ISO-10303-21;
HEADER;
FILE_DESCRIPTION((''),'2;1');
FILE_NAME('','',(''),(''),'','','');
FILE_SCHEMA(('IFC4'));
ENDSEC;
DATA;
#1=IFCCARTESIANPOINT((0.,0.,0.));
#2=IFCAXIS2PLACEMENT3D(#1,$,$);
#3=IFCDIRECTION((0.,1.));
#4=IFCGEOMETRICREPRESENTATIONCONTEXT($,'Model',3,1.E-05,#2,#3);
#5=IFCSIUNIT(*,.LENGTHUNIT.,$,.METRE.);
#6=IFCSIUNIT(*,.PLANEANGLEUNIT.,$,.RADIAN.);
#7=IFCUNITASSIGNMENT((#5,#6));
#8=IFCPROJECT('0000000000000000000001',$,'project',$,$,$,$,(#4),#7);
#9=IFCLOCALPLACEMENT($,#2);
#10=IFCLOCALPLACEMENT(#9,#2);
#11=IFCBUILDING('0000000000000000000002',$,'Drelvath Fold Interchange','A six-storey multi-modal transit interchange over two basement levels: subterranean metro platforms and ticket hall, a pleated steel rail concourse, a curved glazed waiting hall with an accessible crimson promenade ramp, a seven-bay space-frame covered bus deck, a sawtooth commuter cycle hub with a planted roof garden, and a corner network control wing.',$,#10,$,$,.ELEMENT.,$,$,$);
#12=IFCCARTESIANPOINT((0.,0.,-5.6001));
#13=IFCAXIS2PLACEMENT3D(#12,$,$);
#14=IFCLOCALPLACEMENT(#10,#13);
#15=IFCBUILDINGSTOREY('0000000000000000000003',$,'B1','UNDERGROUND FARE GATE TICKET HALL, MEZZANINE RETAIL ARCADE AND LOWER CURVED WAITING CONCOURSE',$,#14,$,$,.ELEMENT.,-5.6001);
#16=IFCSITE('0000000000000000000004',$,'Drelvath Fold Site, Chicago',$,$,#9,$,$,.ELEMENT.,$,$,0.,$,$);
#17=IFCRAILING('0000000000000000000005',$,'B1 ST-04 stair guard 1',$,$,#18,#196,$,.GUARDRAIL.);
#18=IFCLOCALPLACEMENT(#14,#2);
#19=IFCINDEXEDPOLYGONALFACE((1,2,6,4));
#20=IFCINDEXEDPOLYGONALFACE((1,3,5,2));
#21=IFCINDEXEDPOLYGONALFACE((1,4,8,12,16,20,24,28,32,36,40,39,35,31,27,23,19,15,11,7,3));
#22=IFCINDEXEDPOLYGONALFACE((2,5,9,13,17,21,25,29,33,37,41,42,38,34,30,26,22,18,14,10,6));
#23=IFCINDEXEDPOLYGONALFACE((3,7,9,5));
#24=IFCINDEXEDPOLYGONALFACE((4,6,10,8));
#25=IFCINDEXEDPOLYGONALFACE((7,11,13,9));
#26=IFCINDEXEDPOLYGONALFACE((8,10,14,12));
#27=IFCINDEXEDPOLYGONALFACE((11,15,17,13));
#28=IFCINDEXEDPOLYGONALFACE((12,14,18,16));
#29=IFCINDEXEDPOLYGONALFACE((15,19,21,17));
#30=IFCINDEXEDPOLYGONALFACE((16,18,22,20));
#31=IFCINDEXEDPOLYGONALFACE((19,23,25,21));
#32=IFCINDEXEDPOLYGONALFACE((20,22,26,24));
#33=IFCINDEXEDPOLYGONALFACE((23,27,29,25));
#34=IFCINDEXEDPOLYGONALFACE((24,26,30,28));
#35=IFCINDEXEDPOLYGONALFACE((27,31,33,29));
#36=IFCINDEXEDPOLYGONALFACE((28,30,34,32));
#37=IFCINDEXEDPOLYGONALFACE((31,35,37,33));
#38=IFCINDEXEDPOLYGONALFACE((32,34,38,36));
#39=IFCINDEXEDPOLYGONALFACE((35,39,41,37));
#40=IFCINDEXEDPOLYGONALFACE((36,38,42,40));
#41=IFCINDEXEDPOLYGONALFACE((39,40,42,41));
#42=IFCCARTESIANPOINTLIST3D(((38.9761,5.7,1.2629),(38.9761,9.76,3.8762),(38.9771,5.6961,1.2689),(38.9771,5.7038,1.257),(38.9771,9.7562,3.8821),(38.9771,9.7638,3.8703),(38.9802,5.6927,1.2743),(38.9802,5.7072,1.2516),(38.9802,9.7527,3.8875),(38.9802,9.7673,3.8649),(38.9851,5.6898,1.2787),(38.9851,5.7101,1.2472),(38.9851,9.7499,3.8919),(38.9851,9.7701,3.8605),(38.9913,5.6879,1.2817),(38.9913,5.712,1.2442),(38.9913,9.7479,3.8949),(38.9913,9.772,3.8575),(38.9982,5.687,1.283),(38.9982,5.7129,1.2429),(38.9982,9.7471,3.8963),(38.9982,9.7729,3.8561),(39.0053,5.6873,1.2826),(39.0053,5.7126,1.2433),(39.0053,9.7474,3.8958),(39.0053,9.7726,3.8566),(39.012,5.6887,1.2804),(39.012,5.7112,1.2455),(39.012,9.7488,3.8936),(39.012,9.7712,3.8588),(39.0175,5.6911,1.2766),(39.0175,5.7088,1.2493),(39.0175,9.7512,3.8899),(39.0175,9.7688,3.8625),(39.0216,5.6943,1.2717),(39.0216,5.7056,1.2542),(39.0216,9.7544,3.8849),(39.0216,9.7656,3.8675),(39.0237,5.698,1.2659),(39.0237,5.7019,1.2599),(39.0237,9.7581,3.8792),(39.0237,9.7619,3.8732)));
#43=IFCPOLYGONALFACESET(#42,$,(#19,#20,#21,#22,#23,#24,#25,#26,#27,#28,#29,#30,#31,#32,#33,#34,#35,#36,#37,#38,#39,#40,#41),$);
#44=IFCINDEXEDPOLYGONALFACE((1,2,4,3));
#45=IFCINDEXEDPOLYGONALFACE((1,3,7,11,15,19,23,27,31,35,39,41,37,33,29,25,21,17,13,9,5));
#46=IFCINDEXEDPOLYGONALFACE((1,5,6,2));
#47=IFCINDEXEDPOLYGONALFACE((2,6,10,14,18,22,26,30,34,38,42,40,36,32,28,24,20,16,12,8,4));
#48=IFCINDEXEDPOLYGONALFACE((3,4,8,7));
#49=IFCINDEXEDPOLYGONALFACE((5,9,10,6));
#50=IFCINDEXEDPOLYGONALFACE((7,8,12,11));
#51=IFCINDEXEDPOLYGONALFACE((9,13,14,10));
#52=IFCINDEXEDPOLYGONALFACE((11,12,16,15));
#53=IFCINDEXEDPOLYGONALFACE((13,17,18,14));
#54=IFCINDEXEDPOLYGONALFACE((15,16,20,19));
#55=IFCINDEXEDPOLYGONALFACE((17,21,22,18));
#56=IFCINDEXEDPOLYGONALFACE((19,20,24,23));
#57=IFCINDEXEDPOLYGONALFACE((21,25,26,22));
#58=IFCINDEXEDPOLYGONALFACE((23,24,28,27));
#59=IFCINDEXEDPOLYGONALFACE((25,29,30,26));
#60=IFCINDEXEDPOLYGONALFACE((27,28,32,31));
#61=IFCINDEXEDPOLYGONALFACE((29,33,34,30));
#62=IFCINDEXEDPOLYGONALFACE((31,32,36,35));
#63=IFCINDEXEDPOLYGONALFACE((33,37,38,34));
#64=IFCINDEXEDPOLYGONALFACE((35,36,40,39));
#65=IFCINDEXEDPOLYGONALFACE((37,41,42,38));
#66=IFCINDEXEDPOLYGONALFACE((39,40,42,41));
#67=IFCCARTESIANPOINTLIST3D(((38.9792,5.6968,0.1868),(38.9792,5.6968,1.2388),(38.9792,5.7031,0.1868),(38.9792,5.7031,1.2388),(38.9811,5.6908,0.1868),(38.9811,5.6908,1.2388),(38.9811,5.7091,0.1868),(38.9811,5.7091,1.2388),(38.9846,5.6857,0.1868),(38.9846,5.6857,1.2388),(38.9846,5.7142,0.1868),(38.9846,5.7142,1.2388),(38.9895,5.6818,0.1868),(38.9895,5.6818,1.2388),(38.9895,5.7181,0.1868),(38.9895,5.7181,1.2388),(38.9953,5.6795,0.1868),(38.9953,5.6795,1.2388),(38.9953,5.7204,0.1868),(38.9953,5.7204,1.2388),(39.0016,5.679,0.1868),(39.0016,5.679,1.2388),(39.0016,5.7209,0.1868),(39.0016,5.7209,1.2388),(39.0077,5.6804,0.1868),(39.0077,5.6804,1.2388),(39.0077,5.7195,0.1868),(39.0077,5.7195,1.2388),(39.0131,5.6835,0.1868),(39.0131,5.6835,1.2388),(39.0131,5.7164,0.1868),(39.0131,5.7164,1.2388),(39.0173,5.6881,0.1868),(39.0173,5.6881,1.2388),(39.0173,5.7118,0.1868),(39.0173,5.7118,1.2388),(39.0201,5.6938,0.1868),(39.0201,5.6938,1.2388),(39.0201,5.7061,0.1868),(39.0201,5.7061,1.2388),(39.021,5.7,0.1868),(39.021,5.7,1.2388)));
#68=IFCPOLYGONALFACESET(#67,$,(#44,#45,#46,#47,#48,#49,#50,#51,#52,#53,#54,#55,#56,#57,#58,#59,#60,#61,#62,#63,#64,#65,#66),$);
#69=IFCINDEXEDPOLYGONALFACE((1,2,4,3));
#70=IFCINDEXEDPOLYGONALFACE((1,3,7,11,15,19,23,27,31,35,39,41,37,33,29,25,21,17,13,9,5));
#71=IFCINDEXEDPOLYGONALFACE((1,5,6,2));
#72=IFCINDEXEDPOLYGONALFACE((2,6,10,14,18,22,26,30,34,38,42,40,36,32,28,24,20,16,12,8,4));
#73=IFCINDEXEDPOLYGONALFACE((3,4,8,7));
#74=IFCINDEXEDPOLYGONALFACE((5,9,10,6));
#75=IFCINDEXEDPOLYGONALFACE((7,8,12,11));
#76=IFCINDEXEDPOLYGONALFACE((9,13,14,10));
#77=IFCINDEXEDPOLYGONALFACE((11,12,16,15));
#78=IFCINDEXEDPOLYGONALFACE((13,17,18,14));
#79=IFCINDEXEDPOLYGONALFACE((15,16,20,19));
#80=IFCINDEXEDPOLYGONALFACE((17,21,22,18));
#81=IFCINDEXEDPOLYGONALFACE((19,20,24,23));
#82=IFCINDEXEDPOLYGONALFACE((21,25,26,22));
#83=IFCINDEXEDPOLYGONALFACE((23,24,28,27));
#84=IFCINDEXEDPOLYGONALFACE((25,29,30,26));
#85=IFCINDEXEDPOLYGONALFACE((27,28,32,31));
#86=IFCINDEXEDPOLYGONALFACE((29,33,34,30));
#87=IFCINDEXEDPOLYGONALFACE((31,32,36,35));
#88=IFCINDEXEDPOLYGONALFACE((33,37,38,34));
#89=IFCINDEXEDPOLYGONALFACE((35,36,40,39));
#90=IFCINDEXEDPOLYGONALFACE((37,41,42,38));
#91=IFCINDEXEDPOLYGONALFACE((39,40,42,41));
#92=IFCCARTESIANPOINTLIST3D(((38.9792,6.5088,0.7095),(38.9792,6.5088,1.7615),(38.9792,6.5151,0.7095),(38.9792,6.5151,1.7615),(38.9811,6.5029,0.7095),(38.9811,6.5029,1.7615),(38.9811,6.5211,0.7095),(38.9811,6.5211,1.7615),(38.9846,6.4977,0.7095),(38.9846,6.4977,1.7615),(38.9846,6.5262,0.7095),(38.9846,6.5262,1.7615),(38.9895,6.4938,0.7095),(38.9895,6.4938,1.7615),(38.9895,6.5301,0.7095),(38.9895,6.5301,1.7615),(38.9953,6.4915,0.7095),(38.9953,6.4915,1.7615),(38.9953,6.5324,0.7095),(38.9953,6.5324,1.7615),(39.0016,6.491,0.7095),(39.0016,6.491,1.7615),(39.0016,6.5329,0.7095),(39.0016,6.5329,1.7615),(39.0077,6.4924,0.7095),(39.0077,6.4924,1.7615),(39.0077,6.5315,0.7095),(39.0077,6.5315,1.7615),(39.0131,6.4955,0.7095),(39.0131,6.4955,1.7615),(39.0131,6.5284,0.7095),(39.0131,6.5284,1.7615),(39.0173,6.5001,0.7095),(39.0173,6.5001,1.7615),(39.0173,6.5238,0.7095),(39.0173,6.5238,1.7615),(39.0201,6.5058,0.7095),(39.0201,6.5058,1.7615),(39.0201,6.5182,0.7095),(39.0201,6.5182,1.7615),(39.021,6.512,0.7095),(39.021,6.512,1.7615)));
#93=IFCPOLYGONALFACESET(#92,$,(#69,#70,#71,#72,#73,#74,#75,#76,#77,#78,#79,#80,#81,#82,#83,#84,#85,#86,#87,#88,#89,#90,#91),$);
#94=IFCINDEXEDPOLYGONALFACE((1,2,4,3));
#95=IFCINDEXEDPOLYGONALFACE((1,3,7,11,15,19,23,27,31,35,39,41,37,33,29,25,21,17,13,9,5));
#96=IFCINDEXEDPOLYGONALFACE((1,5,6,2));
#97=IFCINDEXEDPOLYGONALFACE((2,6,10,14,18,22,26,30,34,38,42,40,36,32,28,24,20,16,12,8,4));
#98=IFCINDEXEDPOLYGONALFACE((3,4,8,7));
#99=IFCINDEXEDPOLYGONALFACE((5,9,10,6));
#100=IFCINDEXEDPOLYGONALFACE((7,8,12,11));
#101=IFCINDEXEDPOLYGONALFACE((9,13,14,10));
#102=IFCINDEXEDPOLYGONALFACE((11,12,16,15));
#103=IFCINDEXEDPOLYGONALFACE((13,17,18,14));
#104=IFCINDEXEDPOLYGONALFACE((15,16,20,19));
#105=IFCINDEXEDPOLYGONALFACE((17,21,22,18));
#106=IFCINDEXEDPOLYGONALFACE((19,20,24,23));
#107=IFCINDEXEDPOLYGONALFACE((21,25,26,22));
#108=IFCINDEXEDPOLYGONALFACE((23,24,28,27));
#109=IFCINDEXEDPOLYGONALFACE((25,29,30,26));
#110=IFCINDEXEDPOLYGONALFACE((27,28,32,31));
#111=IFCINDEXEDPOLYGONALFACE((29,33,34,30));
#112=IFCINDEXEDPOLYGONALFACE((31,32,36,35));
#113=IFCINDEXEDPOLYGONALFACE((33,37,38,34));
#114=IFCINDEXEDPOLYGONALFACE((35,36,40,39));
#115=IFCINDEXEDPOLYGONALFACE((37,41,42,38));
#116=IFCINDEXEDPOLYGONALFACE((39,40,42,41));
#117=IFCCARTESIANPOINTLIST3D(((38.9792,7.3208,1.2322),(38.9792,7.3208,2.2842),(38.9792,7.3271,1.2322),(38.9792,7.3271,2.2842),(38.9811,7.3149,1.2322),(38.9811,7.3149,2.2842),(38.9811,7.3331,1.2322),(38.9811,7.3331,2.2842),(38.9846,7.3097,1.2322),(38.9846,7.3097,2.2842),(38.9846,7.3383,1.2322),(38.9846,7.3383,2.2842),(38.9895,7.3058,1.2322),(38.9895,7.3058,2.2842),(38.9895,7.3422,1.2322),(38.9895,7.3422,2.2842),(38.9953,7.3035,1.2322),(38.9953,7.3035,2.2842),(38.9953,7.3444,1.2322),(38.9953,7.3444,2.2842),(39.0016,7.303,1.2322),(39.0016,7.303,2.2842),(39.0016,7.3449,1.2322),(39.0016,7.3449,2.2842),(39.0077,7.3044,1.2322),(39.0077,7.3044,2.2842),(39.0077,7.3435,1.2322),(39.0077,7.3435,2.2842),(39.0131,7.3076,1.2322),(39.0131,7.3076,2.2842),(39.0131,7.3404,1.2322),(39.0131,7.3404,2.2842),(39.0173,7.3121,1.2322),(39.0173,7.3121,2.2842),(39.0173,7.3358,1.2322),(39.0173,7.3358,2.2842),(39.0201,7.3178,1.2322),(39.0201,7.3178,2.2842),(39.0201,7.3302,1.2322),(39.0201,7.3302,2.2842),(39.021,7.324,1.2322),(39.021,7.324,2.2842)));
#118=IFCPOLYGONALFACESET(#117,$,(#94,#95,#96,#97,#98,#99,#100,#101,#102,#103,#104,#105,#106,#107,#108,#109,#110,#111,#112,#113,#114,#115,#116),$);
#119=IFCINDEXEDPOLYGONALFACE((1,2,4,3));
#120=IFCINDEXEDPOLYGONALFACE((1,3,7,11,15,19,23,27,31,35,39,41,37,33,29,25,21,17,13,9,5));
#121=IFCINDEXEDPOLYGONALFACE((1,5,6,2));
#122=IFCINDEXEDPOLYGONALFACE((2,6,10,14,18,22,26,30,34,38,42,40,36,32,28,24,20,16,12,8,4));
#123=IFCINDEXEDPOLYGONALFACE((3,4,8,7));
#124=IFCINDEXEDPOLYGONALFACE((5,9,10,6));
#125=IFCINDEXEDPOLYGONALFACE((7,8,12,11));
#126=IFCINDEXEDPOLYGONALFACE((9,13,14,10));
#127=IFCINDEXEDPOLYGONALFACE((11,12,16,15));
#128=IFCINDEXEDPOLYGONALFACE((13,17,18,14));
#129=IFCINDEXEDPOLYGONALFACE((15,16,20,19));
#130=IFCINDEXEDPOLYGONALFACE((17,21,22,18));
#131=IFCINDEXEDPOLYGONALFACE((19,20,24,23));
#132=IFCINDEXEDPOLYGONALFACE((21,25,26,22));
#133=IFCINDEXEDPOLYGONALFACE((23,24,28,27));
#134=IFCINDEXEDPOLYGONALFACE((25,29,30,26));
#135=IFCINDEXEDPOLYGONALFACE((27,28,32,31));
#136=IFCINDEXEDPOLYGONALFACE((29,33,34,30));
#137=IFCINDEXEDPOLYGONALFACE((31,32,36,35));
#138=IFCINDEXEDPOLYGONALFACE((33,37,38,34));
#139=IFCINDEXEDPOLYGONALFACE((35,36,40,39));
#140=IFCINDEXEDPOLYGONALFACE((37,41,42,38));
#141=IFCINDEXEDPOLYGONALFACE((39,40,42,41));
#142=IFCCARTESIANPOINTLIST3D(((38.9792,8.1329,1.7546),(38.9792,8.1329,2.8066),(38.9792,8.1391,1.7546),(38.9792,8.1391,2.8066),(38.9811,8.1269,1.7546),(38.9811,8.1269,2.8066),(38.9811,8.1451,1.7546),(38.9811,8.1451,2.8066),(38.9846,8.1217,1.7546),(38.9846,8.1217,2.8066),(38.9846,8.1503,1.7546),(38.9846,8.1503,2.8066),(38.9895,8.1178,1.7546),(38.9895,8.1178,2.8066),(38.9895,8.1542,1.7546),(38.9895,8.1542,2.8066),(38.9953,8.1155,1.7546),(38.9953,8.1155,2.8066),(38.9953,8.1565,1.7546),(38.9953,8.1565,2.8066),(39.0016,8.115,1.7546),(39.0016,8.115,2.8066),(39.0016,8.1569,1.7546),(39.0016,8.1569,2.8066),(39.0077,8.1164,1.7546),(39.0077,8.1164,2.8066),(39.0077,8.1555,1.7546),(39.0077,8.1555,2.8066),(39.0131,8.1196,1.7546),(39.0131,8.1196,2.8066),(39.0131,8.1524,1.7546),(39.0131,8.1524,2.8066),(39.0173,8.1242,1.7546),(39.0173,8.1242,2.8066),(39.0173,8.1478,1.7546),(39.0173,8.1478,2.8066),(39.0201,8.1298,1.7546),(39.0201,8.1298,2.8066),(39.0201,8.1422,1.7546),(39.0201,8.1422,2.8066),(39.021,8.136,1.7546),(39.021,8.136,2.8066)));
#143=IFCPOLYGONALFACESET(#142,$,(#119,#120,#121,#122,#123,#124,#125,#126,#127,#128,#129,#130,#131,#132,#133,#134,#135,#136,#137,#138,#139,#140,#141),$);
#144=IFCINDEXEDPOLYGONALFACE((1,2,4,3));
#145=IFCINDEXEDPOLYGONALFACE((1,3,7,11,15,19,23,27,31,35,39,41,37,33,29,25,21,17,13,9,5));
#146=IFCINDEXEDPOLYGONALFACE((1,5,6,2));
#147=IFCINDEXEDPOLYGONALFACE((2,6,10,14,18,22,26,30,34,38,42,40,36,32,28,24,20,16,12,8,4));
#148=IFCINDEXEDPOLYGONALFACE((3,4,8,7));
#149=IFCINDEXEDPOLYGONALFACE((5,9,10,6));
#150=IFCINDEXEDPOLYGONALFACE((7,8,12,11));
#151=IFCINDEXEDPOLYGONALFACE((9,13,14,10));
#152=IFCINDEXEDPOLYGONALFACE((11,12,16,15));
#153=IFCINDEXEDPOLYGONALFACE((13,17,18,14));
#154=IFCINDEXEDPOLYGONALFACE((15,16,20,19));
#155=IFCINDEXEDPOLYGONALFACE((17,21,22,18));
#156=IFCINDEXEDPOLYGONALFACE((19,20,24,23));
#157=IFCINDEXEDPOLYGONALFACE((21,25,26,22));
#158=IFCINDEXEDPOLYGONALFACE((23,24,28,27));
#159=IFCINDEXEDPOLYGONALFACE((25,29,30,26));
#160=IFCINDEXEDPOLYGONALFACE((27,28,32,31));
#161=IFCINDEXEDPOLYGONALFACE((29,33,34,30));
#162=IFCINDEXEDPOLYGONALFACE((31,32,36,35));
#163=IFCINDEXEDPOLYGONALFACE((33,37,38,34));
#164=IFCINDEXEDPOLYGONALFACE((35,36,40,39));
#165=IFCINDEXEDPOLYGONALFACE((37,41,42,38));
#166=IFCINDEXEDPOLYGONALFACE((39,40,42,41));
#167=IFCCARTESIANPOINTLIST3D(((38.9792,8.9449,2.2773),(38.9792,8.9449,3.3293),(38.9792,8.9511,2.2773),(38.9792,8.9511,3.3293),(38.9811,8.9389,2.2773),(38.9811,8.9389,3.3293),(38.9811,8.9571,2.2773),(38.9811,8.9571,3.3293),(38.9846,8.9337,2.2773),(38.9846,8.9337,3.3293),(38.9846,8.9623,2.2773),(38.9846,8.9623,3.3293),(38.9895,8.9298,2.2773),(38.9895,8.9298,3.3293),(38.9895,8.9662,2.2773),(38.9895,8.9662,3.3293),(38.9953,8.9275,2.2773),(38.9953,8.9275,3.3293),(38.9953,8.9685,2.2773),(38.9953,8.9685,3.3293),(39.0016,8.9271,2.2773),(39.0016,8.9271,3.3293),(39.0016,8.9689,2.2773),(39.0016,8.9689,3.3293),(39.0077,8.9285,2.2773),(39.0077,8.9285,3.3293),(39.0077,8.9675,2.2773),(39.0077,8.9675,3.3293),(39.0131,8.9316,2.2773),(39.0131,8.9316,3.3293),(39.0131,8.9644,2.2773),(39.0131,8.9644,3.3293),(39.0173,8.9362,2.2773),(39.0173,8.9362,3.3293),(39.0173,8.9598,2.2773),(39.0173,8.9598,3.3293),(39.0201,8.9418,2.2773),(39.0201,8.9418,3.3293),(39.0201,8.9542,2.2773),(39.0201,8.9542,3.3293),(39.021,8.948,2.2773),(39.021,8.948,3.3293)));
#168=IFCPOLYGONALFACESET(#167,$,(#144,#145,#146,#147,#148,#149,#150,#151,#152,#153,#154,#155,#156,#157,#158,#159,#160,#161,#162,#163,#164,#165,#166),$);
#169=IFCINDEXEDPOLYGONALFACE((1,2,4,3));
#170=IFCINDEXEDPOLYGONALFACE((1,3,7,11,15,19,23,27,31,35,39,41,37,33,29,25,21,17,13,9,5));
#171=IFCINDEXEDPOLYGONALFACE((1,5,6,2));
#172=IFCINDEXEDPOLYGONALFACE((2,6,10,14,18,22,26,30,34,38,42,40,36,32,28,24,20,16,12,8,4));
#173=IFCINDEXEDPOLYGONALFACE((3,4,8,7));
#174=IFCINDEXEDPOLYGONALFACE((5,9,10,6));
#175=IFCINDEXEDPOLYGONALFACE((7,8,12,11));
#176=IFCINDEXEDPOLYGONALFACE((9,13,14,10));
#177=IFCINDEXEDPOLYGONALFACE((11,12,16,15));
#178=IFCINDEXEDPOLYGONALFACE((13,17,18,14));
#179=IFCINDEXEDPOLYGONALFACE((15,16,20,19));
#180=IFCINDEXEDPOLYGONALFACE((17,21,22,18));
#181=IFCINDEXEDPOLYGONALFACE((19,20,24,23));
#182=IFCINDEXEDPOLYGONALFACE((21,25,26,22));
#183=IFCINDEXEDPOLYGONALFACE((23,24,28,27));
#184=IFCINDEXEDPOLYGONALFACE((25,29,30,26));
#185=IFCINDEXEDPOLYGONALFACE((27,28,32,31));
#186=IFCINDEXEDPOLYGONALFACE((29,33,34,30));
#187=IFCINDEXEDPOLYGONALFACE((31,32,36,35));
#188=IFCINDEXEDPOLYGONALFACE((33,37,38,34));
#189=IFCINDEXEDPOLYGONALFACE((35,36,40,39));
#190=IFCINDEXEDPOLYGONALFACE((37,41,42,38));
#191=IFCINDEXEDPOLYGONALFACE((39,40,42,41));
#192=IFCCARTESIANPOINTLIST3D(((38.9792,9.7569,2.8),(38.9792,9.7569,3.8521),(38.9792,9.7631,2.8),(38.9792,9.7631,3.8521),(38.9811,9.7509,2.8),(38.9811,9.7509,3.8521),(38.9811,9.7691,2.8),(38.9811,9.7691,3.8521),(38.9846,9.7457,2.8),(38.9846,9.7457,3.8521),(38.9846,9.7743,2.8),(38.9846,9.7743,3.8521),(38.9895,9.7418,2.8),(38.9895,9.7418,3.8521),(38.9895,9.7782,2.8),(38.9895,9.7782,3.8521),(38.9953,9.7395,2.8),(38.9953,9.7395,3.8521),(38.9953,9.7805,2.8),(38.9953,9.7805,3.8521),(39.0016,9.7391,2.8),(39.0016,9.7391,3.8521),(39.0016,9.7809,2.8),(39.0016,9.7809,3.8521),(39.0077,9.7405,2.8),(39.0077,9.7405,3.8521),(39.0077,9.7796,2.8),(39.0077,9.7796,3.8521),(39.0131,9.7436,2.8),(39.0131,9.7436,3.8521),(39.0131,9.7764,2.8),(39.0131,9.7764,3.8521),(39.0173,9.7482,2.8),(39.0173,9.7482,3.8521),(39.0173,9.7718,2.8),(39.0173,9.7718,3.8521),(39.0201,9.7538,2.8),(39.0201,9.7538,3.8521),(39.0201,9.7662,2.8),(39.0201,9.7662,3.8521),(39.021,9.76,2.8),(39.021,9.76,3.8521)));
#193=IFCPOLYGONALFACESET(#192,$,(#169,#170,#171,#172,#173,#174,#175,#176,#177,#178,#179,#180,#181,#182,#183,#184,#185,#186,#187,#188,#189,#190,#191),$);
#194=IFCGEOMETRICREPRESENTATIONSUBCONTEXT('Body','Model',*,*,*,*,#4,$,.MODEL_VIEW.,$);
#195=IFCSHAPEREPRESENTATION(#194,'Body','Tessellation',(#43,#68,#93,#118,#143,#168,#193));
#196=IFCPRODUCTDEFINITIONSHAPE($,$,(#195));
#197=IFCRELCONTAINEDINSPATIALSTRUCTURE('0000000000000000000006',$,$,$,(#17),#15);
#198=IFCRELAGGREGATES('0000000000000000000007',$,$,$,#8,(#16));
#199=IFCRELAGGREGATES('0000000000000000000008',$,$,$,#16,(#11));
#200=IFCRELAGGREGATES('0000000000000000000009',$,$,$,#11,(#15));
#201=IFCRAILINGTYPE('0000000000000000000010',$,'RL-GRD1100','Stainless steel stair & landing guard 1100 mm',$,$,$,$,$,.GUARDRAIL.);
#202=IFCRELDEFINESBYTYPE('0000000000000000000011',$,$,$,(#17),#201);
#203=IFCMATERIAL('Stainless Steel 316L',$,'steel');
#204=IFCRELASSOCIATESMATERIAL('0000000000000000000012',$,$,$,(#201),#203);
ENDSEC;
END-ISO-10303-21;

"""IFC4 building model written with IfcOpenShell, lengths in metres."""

from ifc_helpers import new_model, si_unit, direction, frame, origin, origin_2d, place, context, subcontext, project, spatial, circle, extrude, material, type_object, element, save


model = new_model("IFC4")

# Units and contexts
model_context = context("Model", 3, precision=1e-05, world=origin(), true_north=direction((0.0, 1.0)))
body_context = subcontext(model_context, "Body", "Model", "MODEL_VIEW")
ifc_project = project(units=[si_unit("LENGTHUNIT", "METRE"), si_unit("PLANEANGLEUNIT", "RADIAN")], contexts=[model_context])

# Site, building, storey
site_placement = place(None, origin())
site = spatial("IfcSite", under=ifc_project, at=site_placement, Name="Drelvath Fold Site, Chicago", CompositionType="ELEMENT", RefElevation=0.0)
building_placement = place(site_placement, origin())
building = spatial("IfcBuilding", under=site, at=building_placement, Name="Drelvath Fold Interchange", Description="A six-storey multi-modal transit interchange over two basement levels: subterranean metro platforms and ticket hall, a pleated steel rail concourse, a curved glazed waiting hall with an accessible crimson promenade ramp, a seven-bay space-frame covered bus deck, a sawtooth commuter cycle hub with a planted roof garden, and a corner network control wing.", CompositionType="ELEMENT")
storey_placement = place(building_placement, frame((0.0, 0.0, -5.6001)))
storey = spatial("IfcBuildingStorey", under=building, at=storey_placement, Name="B1", Description="UNDERGROUND FARE GATE TICKET HALL, MEZZANINE RETAIL ARCADE AND LOWER CURVED WAITING CONCOURSE", CompositionType="ELEMENT", Elevation=-5.6001)

# Railing
ifc_material_1 = material(Name="Stainless Steel 316L", Category="steel")
railing_type_1 = type_object("IfcRailingType", Name="RL-GRD1100", Description="Stainless steel stair & landing guard 1100 mm", PredefinedType="GUARDRAIL", material=ifc_material_1)
railing_1_placement = place(storey_placement, frame((39.0, 5.7, 0.1868)))
element("IfcRailing", 1, at=railing_1_placement, inside=storey, type_object=railing_type_1, Name="B1 ST-04 stair guard 1", PredefinedType="GUARDRAIL", context=body_context, shape_type="SweptSolid", body=[
    extrude(circle(Radius=0.0239, at=origin_2d()), frame((0.0, 0.0, 1.0762), z_axis=(0.0, 0.840873, 0.541233), x_axis=(-1.0, 0.0, 0.0)), (0.0, 0.0, 1.0), 4.8284),
    extrude(circle(Radius=0.021, at=origin_2d()), origin(), (0.0, 0.0, 1.0), 1.052),
    extrude(circle(Radius=0.021, at=origin_2d()), frame((0.0, 0.812, 0.5227)), (0.0, 0.0, 1.0), 1.052),
    extrude(circle(Radius=0.021, at=origin_2d()), frame((0.0, 1.624, 1.0454)), (0.0, 0.0, 1.0), 1.052),
    extrude(circle(Radius=0.021, at=origin_2d()), frame((0.0, 2.436, 1.5679)), (0.0, 0.0, 1.0), 1.052),
    extrude(circle(Radius=0.021, at=origin_2d()), frame((0.0, 3.248, 2.0906)), (0.0, 0.0, 1.0), 1.052),
    extrude(circle(Radius=0.021, at=origin_2d()), frame((0.0, 4.0601, 2.6133)), (0.0, 0.0, 1.0), 1.052),
])

save(model, "model.ifc")
